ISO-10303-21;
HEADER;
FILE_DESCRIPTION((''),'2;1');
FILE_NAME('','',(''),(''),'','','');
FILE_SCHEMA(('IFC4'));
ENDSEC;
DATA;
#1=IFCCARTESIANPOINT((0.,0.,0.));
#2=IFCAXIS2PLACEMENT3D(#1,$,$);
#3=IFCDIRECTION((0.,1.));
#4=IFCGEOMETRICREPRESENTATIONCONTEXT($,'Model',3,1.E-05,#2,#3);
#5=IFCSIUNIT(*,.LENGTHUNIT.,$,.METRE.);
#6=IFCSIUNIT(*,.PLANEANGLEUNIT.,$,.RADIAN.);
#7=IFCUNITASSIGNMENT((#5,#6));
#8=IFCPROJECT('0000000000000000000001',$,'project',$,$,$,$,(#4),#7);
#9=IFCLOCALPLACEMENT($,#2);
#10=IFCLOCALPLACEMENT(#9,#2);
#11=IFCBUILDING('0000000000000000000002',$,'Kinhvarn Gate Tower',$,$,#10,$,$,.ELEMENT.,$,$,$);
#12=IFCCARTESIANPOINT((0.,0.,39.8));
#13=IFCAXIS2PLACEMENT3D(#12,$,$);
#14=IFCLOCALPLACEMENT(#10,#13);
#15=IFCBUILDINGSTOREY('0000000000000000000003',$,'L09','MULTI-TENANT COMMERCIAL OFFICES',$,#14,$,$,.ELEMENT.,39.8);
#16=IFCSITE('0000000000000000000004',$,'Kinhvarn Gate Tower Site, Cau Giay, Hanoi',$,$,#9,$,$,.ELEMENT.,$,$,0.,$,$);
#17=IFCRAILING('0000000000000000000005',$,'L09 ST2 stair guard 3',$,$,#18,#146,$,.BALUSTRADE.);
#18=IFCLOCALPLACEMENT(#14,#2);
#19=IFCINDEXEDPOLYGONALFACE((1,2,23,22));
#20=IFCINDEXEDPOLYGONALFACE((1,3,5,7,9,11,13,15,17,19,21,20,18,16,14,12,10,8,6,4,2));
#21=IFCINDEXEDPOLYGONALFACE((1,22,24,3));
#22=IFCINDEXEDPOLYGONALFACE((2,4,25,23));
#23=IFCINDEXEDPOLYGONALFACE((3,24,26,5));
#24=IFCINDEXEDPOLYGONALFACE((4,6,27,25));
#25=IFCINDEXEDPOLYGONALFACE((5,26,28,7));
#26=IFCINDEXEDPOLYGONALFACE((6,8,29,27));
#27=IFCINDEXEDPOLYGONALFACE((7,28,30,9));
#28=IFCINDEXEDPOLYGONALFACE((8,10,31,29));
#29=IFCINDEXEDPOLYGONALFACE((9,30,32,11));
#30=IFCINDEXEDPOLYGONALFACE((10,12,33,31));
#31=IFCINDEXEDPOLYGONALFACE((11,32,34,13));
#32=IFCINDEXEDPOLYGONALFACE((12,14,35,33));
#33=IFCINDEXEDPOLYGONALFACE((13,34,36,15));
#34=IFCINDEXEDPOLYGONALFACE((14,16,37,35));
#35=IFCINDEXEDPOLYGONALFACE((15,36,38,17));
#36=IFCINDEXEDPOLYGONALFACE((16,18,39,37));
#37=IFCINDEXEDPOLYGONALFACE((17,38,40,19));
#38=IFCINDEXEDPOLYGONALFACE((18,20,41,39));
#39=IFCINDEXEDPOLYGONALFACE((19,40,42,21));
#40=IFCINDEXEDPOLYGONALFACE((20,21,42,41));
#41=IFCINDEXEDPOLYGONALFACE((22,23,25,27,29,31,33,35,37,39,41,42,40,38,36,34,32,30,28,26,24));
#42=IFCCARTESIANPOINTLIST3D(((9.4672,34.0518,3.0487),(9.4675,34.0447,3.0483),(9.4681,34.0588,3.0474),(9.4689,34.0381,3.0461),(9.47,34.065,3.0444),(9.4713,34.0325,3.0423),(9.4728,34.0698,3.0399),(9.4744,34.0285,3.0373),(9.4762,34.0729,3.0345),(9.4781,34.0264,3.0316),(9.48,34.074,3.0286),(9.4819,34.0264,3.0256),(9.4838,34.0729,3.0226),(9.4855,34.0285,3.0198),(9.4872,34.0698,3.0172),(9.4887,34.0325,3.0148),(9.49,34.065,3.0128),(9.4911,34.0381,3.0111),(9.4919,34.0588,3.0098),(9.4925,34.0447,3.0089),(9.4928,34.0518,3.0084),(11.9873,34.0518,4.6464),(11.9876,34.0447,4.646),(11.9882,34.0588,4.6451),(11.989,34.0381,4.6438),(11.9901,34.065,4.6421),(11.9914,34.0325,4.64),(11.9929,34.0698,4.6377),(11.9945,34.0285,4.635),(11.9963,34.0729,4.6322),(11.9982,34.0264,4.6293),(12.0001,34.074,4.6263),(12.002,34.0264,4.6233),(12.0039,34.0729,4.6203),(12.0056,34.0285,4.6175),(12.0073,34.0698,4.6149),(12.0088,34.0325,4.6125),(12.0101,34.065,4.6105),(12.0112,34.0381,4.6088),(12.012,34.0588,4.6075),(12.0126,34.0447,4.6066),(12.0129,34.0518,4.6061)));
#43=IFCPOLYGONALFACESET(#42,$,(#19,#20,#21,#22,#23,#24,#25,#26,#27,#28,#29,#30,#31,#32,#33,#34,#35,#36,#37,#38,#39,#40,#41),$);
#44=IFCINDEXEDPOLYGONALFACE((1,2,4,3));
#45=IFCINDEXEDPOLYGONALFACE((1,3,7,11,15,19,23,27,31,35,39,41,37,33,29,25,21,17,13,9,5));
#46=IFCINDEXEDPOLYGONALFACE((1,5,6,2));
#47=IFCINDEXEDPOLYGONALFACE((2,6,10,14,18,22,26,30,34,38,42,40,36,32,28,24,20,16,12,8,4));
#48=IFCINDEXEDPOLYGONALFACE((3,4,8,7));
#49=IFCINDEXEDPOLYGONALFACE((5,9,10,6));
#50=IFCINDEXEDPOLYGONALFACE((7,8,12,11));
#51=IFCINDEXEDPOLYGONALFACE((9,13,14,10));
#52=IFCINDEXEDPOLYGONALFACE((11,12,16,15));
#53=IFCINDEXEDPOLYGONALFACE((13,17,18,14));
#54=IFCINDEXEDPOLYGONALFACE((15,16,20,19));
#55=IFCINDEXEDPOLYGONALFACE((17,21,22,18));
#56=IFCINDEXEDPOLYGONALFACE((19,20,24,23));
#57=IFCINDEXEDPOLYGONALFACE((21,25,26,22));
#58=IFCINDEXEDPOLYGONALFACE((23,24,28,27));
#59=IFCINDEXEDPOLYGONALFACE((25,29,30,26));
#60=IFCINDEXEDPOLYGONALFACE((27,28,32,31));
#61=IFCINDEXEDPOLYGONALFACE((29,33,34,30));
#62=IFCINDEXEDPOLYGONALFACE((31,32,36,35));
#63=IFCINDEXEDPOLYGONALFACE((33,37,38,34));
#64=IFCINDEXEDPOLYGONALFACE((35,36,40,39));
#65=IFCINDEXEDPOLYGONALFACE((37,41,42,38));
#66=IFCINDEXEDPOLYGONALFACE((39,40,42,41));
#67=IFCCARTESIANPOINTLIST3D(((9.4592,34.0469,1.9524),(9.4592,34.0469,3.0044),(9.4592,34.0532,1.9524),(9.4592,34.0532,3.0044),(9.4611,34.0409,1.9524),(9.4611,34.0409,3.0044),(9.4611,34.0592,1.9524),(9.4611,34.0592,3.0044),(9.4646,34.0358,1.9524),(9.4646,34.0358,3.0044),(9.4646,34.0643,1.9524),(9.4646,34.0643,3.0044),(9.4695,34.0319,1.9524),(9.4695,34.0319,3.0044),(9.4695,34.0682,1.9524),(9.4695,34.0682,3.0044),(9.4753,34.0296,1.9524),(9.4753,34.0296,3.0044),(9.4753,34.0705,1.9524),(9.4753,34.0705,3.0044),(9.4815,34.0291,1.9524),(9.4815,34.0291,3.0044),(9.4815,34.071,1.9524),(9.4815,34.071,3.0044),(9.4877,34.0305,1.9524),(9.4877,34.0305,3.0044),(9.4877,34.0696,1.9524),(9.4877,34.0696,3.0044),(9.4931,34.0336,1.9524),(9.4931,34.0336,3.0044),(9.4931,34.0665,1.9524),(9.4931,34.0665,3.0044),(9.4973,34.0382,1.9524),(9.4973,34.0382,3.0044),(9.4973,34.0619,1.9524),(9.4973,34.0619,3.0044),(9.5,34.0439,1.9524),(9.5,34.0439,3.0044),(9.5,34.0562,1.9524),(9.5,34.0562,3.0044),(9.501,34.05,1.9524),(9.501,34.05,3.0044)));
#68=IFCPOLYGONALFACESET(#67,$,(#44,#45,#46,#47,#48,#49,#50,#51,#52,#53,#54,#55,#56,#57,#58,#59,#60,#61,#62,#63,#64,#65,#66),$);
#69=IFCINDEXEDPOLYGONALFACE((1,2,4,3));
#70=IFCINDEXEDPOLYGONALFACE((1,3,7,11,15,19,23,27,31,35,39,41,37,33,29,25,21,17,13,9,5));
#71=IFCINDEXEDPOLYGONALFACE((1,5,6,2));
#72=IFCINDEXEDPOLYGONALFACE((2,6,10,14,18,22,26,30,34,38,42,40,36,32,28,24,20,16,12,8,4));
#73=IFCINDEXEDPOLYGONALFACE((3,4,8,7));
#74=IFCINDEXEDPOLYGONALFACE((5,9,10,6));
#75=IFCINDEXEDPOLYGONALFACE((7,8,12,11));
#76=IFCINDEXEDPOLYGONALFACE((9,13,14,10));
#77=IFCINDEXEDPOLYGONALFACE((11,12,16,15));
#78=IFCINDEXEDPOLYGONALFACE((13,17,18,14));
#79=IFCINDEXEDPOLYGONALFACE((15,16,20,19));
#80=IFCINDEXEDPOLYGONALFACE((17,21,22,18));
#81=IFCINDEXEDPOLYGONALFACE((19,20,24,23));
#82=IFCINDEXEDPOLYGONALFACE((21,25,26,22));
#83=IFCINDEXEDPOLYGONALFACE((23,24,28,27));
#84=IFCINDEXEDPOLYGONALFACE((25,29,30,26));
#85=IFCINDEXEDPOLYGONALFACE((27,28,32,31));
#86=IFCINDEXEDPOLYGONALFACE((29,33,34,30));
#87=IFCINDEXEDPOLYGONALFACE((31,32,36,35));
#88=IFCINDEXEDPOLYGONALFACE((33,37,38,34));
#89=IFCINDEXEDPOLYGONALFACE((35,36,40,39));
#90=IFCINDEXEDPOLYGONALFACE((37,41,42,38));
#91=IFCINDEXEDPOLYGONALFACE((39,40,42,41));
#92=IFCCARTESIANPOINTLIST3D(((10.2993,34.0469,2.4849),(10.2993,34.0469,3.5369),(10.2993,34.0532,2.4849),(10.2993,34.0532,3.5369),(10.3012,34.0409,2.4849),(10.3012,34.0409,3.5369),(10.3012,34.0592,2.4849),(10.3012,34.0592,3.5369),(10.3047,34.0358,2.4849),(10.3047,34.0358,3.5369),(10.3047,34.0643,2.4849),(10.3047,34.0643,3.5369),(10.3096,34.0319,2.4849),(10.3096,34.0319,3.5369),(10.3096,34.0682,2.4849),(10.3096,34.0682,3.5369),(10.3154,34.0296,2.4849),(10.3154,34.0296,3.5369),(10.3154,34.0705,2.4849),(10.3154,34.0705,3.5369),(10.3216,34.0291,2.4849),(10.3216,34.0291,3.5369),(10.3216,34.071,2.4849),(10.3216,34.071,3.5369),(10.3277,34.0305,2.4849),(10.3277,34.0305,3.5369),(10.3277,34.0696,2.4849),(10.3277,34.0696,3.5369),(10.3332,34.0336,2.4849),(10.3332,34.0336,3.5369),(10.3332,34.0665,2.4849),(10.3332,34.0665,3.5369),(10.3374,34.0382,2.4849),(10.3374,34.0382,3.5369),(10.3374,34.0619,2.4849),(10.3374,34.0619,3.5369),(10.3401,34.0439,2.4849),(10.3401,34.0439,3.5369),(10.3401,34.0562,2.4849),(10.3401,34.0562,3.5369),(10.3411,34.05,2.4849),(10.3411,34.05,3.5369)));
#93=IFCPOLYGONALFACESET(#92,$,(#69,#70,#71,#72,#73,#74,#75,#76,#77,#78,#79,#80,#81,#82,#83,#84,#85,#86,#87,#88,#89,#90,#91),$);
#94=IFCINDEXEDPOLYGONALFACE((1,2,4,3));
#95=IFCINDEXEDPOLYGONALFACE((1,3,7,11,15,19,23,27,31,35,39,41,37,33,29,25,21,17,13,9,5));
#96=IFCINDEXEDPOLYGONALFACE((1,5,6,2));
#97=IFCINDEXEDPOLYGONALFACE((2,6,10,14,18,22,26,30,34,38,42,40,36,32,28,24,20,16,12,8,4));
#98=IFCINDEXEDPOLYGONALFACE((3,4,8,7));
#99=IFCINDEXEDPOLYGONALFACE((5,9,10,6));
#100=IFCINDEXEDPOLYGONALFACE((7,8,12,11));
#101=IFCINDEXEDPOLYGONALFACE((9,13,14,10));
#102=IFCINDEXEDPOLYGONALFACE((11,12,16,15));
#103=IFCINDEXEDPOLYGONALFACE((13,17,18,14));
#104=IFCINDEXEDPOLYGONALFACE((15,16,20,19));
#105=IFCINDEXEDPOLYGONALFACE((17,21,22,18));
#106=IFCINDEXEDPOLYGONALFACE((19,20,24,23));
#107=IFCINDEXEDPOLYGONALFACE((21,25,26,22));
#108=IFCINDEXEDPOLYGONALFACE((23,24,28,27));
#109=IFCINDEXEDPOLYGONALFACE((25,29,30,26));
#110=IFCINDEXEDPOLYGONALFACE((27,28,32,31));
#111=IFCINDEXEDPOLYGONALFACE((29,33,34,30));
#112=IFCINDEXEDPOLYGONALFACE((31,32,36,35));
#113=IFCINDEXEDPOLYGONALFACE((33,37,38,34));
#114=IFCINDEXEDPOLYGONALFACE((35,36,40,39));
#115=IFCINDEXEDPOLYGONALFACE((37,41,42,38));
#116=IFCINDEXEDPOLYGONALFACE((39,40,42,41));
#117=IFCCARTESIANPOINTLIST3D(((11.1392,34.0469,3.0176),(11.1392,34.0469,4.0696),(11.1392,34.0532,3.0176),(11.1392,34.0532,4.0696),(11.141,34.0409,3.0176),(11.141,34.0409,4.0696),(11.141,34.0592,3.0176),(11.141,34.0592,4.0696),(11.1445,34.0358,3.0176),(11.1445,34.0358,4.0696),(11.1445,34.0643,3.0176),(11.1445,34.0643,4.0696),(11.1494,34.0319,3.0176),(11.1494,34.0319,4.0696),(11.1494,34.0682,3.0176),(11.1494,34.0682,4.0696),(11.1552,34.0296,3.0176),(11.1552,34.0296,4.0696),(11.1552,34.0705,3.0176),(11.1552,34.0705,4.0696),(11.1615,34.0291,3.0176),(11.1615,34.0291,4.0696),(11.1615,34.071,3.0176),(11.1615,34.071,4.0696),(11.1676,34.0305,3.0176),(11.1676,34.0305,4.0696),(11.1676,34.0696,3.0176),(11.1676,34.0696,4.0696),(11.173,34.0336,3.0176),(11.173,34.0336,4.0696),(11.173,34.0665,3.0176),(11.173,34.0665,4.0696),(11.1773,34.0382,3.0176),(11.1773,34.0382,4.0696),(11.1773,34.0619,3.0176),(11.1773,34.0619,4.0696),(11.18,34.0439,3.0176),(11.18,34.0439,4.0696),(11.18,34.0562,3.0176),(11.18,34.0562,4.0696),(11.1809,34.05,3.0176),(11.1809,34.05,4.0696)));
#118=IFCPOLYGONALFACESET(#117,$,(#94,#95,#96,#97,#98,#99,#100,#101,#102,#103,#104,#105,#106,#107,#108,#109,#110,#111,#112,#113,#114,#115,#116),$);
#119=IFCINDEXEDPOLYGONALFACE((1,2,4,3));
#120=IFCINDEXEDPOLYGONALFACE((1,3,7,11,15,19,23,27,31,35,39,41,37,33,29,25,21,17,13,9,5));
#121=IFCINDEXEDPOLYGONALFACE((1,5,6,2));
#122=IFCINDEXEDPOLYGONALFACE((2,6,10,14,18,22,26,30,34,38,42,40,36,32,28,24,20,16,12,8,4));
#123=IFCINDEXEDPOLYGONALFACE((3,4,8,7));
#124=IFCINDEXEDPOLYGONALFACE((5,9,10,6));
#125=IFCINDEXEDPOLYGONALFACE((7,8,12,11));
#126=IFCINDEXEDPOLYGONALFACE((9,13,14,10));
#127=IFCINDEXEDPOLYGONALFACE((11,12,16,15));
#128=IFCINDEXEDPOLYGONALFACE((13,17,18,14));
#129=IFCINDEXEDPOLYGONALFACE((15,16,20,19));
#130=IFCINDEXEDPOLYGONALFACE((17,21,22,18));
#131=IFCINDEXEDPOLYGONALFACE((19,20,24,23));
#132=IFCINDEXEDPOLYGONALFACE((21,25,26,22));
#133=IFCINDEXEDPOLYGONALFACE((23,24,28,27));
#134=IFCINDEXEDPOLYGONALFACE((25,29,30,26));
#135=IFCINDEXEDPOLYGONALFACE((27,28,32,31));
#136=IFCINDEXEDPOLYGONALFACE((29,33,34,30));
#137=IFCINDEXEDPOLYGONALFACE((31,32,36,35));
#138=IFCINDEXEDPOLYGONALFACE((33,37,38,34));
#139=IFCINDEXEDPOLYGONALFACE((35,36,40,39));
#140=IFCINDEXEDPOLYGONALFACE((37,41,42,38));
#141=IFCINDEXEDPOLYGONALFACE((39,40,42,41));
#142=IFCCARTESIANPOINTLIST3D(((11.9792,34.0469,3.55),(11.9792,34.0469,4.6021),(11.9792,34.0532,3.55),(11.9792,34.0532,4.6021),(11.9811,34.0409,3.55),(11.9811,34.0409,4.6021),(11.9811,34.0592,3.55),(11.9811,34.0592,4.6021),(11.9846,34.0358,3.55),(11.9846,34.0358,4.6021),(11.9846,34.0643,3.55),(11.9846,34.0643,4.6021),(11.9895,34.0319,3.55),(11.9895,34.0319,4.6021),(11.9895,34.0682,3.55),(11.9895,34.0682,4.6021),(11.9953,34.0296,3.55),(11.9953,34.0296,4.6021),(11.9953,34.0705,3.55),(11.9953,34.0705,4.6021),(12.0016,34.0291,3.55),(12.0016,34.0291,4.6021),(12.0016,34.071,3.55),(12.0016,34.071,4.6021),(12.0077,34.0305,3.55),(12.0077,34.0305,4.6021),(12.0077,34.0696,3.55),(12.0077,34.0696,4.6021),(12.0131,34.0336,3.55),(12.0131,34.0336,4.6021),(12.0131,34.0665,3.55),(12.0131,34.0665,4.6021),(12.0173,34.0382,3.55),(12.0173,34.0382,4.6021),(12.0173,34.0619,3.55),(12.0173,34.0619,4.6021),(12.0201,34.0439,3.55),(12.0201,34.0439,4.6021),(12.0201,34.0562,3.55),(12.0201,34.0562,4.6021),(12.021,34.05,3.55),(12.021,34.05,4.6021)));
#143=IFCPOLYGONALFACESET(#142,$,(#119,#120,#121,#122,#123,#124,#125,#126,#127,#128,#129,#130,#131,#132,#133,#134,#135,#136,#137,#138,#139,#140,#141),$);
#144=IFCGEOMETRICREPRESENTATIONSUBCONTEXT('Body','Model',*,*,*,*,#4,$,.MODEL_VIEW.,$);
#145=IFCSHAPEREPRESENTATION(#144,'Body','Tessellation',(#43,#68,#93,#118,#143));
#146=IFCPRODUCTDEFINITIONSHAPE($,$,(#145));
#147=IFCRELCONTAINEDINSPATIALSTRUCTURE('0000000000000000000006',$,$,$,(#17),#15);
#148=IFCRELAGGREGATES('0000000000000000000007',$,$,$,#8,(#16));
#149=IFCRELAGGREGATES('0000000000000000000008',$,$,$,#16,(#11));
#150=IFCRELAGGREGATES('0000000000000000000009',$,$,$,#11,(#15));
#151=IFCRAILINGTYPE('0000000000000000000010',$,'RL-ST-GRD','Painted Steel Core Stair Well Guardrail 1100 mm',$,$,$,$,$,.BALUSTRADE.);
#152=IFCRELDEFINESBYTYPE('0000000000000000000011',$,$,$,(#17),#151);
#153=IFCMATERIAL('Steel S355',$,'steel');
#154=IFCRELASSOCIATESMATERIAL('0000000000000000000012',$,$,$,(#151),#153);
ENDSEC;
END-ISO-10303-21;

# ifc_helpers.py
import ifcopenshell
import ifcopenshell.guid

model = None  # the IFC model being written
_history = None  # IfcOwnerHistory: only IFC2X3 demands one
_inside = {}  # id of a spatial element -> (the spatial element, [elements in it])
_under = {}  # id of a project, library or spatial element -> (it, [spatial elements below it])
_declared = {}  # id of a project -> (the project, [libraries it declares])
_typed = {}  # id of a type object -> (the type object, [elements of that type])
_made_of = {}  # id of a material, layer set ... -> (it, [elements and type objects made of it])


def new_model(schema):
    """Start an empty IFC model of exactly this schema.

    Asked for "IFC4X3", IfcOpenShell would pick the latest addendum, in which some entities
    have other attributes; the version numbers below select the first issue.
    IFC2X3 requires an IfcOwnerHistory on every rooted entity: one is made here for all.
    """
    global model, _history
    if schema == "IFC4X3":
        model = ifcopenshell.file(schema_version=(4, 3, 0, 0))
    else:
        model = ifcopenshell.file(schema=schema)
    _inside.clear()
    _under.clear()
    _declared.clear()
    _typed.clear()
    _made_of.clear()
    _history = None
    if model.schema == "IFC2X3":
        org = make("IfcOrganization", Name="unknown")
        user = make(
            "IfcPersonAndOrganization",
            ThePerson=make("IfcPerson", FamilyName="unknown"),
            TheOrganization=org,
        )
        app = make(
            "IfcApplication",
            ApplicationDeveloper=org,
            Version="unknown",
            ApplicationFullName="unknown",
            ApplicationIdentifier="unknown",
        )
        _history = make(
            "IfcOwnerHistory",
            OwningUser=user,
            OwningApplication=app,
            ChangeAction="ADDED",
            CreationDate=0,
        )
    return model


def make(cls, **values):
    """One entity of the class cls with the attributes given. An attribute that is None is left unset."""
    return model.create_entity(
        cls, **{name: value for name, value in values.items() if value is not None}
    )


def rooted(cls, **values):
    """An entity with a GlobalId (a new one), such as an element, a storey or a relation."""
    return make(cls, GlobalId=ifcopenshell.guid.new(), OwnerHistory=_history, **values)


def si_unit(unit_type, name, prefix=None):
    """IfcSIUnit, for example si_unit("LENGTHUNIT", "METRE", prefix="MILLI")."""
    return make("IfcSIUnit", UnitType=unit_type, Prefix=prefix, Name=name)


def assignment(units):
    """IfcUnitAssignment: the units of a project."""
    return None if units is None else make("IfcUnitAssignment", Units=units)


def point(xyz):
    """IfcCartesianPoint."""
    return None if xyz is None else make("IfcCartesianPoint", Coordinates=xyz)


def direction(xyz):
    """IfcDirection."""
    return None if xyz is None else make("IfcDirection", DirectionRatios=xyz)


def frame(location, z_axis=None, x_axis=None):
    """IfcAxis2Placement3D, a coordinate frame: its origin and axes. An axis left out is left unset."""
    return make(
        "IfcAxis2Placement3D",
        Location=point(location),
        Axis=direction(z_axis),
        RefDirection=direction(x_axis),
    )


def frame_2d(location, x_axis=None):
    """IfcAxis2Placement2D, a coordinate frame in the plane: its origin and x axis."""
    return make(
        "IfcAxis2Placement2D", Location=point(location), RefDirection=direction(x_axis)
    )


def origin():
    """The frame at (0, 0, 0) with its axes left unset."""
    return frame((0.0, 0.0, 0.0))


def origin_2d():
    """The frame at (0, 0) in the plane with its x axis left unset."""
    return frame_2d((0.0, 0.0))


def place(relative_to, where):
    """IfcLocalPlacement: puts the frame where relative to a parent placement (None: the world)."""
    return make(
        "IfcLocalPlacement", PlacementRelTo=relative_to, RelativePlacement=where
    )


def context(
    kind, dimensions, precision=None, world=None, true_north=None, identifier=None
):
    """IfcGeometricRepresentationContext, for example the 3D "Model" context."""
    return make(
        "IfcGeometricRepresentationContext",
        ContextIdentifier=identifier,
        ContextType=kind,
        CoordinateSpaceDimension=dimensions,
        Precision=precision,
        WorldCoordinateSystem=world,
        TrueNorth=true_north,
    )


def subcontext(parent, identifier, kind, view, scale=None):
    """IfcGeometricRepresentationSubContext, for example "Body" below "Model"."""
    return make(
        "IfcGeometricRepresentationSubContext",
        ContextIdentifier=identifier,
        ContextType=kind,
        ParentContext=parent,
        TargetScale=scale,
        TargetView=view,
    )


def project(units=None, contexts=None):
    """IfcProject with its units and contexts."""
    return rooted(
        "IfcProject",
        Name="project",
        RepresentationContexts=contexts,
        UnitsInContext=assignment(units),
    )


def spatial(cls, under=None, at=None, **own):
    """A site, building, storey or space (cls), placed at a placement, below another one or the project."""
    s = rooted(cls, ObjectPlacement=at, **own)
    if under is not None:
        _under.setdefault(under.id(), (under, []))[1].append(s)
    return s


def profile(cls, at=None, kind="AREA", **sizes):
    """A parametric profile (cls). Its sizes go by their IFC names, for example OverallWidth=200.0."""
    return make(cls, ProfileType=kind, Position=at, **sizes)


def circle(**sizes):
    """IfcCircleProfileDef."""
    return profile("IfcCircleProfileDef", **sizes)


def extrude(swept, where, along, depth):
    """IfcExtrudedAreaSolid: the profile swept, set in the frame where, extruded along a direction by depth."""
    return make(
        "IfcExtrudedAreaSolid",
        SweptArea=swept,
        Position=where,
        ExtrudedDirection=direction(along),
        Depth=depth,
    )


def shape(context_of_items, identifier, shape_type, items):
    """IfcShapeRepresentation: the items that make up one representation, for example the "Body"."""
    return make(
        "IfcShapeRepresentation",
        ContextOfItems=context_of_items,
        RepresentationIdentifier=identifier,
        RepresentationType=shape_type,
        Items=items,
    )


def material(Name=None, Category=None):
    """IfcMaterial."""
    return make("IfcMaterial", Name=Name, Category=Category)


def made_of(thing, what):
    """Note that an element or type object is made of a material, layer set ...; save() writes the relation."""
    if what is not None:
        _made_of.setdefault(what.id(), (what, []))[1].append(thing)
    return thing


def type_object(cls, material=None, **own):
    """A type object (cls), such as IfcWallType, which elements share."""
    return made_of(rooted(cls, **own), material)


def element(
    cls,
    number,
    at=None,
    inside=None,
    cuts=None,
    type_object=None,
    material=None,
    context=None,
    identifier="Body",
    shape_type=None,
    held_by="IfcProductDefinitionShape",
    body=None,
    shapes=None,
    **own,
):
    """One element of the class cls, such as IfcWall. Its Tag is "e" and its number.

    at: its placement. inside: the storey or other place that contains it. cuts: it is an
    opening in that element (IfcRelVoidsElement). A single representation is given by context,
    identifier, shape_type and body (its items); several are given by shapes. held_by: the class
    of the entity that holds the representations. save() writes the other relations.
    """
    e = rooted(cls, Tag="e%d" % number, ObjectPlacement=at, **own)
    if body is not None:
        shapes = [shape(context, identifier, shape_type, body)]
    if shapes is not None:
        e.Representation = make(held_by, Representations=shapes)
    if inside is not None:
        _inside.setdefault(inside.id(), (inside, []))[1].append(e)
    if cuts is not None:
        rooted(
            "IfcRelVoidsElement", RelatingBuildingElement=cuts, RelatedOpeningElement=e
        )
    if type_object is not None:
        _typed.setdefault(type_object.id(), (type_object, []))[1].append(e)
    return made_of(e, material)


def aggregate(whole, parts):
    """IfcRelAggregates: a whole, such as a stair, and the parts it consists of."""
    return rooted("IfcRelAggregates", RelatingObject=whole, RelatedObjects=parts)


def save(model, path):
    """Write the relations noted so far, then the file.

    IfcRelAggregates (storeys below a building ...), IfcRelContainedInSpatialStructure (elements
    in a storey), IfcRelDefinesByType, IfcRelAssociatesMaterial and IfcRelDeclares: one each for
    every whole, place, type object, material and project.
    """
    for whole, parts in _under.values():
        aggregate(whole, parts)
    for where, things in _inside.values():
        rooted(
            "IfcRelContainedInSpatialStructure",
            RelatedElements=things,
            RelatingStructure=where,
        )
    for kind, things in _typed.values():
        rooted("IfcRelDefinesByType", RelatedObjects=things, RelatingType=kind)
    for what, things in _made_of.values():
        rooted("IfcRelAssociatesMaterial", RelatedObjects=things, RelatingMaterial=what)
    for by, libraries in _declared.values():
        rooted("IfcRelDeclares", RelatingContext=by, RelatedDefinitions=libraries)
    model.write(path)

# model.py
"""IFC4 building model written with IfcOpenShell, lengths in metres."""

from ifc_helpers import new_model, si_unit, direction, frame, origin, origin_2d, place, context, subcontext, project, spatial, circle, extrude, material, type_object, element, save


model = new_model("IFC4")

# Units and contexts
model_context = context("Model", 3, precision=1e-05, world=origin(), true_north=direction((0.0, 1.0)))
body_context = subcontext(model_context, "Body", "Model", "MODEL_VIEW")
ifc_project = project(units=[si_unit("LENGTHUNIT", "METRE"), si_unit("PLANEANGLEUNIT", "RADIAN")], contexts=[model_context])

# Site, building, storey
site_placement = place(None, origin())
site = spatial("IfcSite", under=ifc_project, at=site_placement, Name="Kinhvarn Gate Tower Site, Cau Giay, Hanoi", CompositionType="ELEMENT", RefElevation=0.0)
building_placement = place(site_placement, origin())
building = spatial("IfcBuilding", under=site, at=building_placement, Name="Kinhvarn Gate Tower", CompositionType="ELEMENT")
storey_placement = place(building_placement, frame((0.0, 0.0, 39.8)))
storey = spatial("IfcBuildingStorey", under=building, at=storey_placement, Name="L09", Description="MULTI-TENANT COMMERCIAL OFFICES", CompositionType="ELEMENT", Elevation=39.8)

# Shared definitions
ifc_material_1 = material(Name="Steel S355", Category="steel")

# Railing
railing_type_1 = type_object("IfcRailingType", Name="RL-ST-GRD", Description="Painted Steel Core Stair Well Guardrail 1100 mm", PredefinedType="BALUSTRADE", material=ifc_material_1)
railing_1_placement = place(storey_placement, frame((9.48, 34.05, 1.9524)))
element("IfcRailing", 1, at=railing_1_placement, inside=storey, type_object=railing_type_1, Name="L09 ST2 stair guard 3", PredefinedType="BALUSTRADE", context=body_context, shape_type="SweptSolid", body=[
    extrude(circle(Radius=0.0239, at=origin_2d()), frame((0.0, 0.0, 1.0762), z_axis=(0.84457, 0.0, 0.535445), x_axis=(0.0, 1.0, 0.0)), (0.0, 0.0, 1.0), 2.9839),
    extrude(circle(Radius=0.021, at=origin_2d()), origin(), (0.0, 0.0, 1.0), 1.052),
    extrude(circle(Radius=0.021, at=origin_2d()), frame((0.8401, 0.0, 0.5325)), (0.0, 0.0, 1.0), 1.052),
    extrude(circle(Radius=0.021, at=origin_2d()), frame((1.6799, 0.0, 1.0652)), (0.0, 0.0, 1.0), 1.052),
    extrude(circle(Radius=0.021, at=origin_2d()), frame((2.52, 0.0, 1.5977)), (0.0, 0.0, 1.0), 1.052),
])

save(model, "model.ifc")
